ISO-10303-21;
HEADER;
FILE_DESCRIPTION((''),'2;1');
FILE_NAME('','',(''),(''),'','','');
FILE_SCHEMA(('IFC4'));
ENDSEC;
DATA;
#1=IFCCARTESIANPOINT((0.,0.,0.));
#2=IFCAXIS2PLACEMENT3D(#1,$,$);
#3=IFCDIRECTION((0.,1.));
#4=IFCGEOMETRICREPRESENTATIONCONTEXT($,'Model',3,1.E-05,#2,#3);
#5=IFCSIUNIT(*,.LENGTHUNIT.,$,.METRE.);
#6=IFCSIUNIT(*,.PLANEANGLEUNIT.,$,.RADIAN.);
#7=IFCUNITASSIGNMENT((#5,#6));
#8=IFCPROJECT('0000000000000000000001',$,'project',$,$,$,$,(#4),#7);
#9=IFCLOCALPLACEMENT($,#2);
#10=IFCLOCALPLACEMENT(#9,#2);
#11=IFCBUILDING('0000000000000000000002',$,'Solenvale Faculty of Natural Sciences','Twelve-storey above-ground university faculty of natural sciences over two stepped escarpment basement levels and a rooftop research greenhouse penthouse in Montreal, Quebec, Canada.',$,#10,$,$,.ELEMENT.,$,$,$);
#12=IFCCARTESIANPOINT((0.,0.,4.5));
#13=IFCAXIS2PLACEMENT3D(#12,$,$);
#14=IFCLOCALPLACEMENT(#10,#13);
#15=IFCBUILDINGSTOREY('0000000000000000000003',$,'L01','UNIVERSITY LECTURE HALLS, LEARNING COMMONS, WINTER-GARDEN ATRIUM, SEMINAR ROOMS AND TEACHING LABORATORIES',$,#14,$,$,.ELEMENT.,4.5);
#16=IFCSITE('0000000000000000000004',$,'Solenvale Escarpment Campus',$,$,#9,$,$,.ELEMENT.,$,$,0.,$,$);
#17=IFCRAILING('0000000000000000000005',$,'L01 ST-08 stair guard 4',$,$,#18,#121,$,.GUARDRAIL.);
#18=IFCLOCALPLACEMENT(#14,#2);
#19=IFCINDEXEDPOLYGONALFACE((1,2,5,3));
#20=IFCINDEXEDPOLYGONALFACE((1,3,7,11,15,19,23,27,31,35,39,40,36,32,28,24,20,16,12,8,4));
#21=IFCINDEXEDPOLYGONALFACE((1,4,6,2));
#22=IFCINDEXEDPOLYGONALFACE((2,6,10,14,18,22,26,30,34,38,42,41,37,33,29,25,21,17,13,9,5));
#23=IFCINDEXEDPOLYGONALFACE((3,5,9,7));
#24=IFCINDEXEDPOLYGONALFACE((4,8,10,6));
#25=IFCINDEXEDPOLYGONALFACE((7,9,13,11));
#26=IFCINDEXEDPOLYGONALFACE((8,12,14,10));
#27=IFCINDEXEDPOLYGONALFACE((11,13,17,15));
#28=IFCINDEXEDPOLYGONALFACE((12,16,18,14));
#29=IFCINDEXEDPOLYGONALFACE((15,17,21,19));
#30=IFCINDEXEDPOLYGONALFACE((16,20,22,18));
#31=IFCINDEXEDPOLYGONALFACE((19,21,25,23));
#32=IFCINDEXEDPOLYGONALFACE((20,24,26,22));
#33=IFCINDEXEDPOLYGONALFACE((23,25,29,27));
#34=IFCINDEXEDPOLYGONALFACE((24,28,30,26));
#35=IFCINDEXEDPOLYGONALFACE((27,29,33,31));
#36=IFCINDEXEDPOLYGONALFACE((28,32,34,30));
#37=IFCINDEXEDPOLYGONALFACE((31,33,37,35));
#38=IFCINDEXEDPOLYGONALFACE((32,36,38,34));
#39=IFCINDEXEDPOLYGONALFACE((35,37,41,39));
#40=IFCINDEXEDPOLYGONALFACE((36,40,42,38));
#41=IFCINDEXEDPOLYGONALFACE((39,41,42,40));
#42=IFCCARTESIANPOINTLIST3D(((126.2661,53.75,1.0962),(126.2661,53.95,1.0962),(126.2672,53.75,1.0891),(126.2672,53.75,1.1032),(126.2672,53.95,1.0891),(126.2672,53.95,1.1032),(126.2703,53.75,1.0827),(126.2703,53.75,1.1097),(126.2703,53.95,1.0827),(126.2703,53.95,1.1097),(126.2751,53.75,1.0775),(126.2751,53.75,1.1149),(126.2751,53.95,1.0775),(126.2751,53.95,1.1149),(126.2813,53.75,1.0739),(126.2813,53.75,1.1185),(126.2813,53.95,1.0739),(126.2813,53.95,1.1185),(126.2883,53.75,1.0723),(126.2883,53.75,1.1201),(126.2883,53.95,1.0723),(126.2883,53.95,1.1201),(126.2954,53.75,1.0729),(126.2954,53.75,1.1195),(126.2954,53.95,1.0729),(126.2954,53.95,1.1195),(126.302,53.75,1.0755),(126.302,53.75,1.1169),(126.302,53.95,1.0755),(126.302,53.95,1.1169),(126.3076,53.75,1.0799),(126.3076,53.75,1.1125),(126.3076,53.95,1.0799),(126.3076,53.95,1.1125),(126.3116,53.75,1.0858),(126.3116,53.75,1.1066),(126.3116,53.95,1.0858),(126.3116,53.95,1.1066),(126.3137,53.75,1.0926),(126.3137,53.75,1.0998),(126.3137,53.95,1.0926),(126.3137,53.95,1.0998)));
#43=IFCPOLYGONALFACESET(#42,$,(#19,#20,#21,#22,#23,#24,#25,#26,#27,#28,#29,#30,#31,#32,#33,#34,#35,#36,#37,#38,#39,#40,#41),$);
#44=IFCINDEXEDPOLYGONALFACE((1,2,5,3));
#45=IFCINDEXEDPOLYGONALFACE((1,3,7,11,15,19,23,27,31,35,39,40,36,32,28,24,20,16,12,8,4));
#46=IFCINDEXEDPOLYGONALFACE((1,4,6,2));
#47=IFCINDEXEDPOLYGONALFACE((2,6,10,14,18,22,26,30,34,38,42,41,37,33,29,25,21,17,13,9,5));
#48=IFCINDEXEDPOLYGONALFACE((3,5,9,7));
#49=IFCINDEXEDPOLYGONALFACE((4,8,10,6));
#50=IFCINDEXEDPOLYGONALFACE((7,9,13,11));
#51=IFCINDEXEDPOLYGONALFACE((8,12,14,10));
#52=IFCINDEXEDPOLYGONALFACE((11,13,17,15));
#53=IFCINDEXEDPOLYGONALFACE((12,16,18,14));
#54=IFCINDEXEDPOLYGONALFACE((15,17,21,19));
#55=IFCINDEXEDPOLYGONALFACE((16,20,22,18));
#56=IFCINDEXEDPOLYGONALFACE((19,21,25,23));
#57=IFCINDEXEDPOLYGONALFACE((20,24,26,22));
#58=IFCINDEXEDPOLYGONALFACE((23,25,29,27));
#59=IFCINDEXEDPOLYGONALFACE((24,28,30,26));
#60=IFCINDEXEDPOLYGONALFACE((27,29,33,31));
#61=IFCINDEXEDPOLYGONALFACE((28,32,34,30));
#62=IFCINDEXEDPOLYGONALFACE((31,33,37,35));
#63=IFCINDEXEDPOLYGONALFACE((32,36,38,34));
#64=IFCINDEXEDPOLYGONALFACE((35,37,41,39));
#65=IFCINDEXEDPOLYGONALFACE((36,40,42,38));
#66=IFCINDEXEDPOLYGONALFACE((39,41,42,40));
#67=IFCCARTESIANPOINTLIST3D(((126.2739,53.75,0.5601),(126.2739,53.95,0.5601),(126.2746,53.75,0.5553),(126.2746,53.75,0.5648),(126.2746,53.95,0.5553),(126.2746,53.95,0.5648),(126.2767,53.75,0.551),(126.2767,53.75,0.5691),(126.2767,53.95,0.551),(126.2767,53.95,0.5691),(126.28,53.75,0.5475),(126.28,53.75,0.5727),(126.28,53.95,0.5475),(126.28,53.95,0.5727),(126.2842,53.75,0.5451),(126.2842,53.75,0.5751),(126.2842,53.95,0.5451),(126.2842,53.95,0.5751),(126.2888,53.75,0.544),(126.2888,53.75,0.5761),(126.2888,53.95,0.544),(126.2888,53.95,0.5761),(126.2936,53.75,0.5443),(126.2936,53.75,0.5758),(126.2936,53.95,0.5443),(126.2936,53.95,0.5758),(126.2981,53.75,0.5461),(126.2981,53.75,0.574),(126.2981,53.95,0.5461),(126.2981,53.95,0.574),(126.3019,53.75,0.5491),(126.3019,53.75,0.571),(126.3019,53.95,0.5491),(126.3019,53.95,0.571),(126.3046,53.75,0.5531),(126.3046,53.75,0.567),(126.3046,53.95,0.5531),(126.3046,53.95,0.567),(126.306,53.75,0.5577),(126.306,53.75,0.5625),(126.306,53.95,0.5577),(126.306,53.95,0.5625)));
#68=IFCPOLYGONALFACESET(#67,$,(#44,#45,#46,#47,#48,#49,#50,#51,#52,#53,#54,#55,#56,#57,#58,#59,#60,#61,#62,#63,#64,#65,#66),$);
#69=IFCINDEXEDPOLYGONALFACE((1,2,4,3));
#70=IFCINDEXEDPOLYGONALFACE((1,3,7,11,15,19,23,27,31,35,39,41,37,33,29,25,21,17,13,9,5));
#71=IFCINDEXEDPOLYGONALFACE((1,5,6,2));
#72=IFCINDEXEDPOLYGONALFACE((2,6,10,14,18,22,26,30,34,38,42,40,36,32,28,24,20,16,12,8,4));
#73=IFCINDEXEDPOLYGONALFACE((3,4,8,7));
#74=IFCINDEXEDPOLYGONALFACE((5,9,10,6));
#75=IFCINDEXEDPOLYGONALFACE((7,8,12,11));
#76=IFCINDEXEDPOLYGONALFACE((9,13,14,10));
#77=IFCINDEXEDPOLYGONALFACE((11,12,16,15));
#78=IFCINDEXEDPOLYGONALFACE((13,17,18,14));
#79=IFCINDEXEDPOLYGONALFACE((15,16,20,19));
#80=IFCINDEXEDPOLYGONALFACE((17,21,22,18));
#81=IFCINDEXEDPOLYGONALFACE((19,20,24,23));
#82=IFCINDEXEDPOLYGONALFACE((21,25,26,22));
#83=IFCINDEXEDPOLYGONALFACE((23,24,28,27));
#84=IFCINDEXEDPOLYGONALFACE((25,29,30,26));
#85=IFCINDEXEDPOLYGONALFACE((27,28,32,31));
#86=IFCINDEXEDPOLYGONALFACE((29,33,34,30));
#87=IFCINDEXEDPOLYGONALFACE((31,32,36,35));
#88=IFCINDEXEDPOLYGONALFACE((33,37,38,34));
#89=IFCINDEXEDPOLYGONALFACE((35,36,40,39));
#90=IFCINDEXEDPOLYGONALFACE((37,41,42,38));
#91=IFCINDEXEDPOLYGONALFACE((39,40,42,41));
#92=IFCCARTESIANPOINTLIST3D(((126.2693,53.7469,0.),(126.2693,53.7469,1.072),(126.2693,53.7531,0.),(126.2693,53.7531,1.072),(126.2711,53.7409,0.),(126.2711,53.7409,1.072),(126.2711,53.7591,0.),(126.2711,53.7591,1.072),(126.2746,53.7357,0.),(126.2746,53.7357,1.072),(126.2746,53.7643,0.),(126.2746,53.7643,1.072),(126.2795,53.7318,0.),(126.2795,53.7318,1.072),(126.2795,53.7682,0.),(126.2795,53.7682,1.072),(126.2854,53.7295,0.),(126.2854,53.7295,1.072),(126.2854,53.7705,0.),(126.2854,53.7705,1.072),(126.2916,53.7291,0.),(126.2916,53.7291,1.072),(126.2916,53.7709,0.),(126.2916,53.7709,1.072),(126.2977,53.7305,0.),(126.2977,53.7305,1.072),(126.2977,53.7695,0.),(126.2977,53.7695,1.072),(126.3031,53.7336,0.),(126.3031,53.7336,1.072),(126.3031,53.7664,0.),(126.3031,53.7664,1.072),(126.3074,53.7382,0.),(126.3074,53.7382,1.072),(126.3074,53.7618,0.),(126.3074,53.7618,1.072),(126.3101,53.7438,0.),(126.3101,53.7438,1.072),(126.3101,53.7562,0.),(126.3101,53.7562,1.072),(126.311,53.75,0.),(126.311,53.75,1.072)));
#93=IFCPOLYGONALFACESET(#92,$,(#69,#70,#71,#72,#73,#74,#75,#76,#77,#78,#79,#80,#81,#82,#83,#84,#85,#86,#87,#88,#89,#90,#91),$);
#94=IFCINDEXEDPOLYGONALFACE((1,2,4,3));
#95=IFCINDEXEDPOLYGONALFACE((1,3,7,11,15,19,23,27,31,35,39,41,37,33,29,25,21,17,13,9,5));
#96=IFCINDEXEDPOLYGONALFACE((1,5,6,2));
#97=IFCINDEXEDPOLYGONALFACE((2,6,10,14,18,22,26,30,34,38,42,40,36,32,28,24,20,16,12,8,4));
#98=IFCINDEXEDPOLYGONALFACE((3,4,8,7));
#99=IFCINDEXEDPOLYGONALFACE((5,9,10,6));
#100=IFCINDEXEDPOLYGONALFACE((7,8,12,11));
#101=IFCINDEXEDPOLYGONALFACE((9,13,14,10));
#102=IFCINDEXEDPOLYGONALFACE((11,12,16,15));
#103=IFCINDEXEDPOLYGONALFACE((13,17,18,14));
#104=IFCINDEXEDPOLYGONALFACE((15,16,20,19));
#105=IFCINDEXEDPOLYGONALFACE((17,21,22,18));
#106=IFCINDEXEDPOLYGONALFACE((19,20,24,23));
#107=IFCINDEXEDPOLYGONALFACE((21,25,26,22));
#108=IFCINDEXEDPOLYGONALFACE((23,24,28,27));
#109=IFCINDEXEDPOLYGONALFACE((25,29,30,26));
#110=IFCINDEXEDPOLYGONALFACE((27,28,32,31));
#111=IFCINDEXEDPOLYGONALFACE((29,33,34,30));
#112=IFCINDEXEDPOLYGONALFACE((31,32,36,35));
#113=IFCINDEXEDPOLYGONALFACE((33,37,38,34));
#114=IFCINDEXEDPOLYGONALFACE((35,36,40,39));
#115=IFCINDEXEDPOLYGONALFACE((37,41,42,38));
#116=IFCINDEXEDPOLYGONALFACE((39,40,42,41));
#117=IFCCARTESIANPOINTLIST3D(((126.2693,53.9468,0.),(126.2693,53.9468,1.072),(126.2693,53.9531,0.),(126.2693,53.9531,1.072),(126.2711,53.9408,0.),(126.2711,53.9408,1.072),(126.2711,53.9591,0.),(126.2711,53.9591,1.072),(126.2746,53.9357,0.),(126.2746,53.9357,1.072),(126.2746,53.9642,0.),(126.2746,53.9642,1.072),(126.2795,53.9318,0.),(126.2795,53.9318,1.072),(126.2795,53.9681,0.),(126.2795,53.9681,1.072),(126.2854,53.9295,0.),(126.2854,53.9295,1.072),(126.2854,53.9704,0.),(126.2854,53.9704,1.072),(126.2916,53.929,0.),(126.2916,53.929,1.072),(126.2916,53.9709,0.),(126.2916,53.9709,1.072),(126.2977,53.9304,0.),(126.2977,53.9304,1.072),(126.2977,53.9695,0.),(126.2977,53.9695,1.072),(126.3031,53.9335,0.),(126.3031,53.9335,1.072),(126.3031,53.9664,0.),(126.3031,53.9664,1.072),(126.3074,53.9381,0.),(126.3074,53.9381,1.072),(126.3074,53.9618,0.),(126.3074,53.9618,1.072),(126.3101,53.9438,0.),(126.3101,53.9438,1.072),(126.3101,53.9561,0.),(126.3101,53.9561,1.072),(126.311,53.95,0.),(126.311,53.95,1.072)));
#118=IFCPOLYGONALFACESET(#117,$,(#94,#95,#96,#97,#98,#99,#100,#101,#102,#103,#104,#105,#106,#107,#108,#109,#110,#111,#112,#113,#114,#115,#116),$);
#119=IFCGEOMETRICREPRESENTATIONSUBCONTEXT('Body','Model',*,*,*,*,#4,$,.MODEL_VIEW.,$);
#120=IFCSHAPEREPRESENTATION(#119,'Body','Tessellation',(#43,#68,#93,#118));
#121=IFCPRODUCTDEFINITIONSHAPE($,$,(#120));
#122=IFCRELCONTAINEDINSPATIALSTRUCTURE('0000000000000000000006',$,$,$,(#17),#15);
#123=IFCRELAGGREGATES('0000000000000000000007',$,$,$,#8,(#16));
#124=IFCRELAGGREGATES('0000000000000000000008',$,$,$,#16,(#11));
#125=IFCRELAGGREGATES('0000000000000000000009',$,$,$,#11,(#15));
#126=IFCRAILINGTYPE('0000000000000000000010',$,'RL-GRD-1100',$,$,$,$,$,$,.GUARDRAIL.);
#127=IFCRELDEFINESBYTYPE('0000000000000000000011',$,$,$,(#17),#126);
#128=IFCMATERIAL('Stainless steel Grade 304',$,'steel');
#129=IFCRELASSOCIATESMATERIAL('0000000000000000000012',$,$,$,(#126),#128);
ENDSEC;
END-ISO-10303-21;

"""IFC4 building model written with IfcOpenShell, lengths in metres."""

from ifc_helpers import new_model, si_unit, direction, frame, origin, origin_2d, place, context, subcontext, project, spatial, circle, extrude, material, type_object, element, save


model = new_model("IFC4")

# Units and contexts
model_context = context("Model", 3, precision=1e-05, world=origin(), true_north=direction((0.0, 1.0)))
body_context = subcontext(model_context, "Body", "Model", "MODEL_VIEW")
ifc_project = project(units=[si_unit("LENGTHUNIT", "METRE"), si_unit("PLANEANGLEUNIT", "RADIAN")], contexts=[model_context])

# Site, building, storey
site_placement = place(None, origin())
site = spatial("IfcSite", under=ifc_project, at=site_placement, Name="Solenvale Escarpment Campus", CompositionType="ELEMENT", RefElevation=0.0)
building_placement = place(site_placement, origin())
building = spatial("IfcBuilding", under=site, at=building_placement, Name="Solenvale Faculty of Natural Sciences", Description="Twelve-storey above-ground university faculty of natural sciences over two stepped escarpment basement levels and a rooftop research greenhouse penthouse in Montreal, Quebec, Canada.", CompositionType="ELEMENT")
storey_placement = place(building_placement, frame((0.0, 0.0, 4.5)))
storey = spatial("IfcBuildingStorey", under=building, at=storey_placement, Name="L01", Description="UNIVERSITY LECTURE HALLS, LEARNING COMMONS, WINTER-GARDEN ATRIUM, SEMINAR ROOMS AND TEACHING LABORATORIES", CompositionType="ELEMENT", Elevation=4.5)

# Railing
ifc_material_1 = material(Name="Stainless steel Grade 304", Category="steel")
railing_type_1 = type_object("IfcRailingType", Name="RL-GRD-1100", PredefinedType="GUARDRAIL", material=ifc_material_1)
railing_1_placement = place(storey_placement, frame((126.29, 53.75, 0.0)))
element("IfcRailing", 1, at=railing_1_placement, inside=storey, type_object=railing_type_1, Name="L01 ST-08 stair guard 4", PredefinedType="GUARDRAIL", context=body_context, shape_type="SweptSolid", body=[
    extrude(circle(Radius=0.0239, at=origin_2d()), frame((0.0, 0.0, 1.0962), z_axis=(0.0, 1.0, 0.0), x_axis=(-1.0, 0.0, 0.0)), (0.0, 0.0, 1.0), 0.2),
    extrude(circle(Radius=0.0161, at=origin_2d()), frame((0.0, 0.0, 0.5601), z_axis=(0.0, 1.0, 0.0), x_axis=(-1.0, 0.0, 0.0)), (0.0, 0.0, 1.0), 0.2),
    extrude(circle(Radius=0.021, at=origin_2d()), origin(), (0.0, 0.0, 1.0), 1.072),
    extrude(circle(Radius=0.021, at=origin_2d()), frame((0.0, 0.2, 0.0)), (0.0, 0.0, 1.0), 1.072),
])

save(model, "model.ifc")
